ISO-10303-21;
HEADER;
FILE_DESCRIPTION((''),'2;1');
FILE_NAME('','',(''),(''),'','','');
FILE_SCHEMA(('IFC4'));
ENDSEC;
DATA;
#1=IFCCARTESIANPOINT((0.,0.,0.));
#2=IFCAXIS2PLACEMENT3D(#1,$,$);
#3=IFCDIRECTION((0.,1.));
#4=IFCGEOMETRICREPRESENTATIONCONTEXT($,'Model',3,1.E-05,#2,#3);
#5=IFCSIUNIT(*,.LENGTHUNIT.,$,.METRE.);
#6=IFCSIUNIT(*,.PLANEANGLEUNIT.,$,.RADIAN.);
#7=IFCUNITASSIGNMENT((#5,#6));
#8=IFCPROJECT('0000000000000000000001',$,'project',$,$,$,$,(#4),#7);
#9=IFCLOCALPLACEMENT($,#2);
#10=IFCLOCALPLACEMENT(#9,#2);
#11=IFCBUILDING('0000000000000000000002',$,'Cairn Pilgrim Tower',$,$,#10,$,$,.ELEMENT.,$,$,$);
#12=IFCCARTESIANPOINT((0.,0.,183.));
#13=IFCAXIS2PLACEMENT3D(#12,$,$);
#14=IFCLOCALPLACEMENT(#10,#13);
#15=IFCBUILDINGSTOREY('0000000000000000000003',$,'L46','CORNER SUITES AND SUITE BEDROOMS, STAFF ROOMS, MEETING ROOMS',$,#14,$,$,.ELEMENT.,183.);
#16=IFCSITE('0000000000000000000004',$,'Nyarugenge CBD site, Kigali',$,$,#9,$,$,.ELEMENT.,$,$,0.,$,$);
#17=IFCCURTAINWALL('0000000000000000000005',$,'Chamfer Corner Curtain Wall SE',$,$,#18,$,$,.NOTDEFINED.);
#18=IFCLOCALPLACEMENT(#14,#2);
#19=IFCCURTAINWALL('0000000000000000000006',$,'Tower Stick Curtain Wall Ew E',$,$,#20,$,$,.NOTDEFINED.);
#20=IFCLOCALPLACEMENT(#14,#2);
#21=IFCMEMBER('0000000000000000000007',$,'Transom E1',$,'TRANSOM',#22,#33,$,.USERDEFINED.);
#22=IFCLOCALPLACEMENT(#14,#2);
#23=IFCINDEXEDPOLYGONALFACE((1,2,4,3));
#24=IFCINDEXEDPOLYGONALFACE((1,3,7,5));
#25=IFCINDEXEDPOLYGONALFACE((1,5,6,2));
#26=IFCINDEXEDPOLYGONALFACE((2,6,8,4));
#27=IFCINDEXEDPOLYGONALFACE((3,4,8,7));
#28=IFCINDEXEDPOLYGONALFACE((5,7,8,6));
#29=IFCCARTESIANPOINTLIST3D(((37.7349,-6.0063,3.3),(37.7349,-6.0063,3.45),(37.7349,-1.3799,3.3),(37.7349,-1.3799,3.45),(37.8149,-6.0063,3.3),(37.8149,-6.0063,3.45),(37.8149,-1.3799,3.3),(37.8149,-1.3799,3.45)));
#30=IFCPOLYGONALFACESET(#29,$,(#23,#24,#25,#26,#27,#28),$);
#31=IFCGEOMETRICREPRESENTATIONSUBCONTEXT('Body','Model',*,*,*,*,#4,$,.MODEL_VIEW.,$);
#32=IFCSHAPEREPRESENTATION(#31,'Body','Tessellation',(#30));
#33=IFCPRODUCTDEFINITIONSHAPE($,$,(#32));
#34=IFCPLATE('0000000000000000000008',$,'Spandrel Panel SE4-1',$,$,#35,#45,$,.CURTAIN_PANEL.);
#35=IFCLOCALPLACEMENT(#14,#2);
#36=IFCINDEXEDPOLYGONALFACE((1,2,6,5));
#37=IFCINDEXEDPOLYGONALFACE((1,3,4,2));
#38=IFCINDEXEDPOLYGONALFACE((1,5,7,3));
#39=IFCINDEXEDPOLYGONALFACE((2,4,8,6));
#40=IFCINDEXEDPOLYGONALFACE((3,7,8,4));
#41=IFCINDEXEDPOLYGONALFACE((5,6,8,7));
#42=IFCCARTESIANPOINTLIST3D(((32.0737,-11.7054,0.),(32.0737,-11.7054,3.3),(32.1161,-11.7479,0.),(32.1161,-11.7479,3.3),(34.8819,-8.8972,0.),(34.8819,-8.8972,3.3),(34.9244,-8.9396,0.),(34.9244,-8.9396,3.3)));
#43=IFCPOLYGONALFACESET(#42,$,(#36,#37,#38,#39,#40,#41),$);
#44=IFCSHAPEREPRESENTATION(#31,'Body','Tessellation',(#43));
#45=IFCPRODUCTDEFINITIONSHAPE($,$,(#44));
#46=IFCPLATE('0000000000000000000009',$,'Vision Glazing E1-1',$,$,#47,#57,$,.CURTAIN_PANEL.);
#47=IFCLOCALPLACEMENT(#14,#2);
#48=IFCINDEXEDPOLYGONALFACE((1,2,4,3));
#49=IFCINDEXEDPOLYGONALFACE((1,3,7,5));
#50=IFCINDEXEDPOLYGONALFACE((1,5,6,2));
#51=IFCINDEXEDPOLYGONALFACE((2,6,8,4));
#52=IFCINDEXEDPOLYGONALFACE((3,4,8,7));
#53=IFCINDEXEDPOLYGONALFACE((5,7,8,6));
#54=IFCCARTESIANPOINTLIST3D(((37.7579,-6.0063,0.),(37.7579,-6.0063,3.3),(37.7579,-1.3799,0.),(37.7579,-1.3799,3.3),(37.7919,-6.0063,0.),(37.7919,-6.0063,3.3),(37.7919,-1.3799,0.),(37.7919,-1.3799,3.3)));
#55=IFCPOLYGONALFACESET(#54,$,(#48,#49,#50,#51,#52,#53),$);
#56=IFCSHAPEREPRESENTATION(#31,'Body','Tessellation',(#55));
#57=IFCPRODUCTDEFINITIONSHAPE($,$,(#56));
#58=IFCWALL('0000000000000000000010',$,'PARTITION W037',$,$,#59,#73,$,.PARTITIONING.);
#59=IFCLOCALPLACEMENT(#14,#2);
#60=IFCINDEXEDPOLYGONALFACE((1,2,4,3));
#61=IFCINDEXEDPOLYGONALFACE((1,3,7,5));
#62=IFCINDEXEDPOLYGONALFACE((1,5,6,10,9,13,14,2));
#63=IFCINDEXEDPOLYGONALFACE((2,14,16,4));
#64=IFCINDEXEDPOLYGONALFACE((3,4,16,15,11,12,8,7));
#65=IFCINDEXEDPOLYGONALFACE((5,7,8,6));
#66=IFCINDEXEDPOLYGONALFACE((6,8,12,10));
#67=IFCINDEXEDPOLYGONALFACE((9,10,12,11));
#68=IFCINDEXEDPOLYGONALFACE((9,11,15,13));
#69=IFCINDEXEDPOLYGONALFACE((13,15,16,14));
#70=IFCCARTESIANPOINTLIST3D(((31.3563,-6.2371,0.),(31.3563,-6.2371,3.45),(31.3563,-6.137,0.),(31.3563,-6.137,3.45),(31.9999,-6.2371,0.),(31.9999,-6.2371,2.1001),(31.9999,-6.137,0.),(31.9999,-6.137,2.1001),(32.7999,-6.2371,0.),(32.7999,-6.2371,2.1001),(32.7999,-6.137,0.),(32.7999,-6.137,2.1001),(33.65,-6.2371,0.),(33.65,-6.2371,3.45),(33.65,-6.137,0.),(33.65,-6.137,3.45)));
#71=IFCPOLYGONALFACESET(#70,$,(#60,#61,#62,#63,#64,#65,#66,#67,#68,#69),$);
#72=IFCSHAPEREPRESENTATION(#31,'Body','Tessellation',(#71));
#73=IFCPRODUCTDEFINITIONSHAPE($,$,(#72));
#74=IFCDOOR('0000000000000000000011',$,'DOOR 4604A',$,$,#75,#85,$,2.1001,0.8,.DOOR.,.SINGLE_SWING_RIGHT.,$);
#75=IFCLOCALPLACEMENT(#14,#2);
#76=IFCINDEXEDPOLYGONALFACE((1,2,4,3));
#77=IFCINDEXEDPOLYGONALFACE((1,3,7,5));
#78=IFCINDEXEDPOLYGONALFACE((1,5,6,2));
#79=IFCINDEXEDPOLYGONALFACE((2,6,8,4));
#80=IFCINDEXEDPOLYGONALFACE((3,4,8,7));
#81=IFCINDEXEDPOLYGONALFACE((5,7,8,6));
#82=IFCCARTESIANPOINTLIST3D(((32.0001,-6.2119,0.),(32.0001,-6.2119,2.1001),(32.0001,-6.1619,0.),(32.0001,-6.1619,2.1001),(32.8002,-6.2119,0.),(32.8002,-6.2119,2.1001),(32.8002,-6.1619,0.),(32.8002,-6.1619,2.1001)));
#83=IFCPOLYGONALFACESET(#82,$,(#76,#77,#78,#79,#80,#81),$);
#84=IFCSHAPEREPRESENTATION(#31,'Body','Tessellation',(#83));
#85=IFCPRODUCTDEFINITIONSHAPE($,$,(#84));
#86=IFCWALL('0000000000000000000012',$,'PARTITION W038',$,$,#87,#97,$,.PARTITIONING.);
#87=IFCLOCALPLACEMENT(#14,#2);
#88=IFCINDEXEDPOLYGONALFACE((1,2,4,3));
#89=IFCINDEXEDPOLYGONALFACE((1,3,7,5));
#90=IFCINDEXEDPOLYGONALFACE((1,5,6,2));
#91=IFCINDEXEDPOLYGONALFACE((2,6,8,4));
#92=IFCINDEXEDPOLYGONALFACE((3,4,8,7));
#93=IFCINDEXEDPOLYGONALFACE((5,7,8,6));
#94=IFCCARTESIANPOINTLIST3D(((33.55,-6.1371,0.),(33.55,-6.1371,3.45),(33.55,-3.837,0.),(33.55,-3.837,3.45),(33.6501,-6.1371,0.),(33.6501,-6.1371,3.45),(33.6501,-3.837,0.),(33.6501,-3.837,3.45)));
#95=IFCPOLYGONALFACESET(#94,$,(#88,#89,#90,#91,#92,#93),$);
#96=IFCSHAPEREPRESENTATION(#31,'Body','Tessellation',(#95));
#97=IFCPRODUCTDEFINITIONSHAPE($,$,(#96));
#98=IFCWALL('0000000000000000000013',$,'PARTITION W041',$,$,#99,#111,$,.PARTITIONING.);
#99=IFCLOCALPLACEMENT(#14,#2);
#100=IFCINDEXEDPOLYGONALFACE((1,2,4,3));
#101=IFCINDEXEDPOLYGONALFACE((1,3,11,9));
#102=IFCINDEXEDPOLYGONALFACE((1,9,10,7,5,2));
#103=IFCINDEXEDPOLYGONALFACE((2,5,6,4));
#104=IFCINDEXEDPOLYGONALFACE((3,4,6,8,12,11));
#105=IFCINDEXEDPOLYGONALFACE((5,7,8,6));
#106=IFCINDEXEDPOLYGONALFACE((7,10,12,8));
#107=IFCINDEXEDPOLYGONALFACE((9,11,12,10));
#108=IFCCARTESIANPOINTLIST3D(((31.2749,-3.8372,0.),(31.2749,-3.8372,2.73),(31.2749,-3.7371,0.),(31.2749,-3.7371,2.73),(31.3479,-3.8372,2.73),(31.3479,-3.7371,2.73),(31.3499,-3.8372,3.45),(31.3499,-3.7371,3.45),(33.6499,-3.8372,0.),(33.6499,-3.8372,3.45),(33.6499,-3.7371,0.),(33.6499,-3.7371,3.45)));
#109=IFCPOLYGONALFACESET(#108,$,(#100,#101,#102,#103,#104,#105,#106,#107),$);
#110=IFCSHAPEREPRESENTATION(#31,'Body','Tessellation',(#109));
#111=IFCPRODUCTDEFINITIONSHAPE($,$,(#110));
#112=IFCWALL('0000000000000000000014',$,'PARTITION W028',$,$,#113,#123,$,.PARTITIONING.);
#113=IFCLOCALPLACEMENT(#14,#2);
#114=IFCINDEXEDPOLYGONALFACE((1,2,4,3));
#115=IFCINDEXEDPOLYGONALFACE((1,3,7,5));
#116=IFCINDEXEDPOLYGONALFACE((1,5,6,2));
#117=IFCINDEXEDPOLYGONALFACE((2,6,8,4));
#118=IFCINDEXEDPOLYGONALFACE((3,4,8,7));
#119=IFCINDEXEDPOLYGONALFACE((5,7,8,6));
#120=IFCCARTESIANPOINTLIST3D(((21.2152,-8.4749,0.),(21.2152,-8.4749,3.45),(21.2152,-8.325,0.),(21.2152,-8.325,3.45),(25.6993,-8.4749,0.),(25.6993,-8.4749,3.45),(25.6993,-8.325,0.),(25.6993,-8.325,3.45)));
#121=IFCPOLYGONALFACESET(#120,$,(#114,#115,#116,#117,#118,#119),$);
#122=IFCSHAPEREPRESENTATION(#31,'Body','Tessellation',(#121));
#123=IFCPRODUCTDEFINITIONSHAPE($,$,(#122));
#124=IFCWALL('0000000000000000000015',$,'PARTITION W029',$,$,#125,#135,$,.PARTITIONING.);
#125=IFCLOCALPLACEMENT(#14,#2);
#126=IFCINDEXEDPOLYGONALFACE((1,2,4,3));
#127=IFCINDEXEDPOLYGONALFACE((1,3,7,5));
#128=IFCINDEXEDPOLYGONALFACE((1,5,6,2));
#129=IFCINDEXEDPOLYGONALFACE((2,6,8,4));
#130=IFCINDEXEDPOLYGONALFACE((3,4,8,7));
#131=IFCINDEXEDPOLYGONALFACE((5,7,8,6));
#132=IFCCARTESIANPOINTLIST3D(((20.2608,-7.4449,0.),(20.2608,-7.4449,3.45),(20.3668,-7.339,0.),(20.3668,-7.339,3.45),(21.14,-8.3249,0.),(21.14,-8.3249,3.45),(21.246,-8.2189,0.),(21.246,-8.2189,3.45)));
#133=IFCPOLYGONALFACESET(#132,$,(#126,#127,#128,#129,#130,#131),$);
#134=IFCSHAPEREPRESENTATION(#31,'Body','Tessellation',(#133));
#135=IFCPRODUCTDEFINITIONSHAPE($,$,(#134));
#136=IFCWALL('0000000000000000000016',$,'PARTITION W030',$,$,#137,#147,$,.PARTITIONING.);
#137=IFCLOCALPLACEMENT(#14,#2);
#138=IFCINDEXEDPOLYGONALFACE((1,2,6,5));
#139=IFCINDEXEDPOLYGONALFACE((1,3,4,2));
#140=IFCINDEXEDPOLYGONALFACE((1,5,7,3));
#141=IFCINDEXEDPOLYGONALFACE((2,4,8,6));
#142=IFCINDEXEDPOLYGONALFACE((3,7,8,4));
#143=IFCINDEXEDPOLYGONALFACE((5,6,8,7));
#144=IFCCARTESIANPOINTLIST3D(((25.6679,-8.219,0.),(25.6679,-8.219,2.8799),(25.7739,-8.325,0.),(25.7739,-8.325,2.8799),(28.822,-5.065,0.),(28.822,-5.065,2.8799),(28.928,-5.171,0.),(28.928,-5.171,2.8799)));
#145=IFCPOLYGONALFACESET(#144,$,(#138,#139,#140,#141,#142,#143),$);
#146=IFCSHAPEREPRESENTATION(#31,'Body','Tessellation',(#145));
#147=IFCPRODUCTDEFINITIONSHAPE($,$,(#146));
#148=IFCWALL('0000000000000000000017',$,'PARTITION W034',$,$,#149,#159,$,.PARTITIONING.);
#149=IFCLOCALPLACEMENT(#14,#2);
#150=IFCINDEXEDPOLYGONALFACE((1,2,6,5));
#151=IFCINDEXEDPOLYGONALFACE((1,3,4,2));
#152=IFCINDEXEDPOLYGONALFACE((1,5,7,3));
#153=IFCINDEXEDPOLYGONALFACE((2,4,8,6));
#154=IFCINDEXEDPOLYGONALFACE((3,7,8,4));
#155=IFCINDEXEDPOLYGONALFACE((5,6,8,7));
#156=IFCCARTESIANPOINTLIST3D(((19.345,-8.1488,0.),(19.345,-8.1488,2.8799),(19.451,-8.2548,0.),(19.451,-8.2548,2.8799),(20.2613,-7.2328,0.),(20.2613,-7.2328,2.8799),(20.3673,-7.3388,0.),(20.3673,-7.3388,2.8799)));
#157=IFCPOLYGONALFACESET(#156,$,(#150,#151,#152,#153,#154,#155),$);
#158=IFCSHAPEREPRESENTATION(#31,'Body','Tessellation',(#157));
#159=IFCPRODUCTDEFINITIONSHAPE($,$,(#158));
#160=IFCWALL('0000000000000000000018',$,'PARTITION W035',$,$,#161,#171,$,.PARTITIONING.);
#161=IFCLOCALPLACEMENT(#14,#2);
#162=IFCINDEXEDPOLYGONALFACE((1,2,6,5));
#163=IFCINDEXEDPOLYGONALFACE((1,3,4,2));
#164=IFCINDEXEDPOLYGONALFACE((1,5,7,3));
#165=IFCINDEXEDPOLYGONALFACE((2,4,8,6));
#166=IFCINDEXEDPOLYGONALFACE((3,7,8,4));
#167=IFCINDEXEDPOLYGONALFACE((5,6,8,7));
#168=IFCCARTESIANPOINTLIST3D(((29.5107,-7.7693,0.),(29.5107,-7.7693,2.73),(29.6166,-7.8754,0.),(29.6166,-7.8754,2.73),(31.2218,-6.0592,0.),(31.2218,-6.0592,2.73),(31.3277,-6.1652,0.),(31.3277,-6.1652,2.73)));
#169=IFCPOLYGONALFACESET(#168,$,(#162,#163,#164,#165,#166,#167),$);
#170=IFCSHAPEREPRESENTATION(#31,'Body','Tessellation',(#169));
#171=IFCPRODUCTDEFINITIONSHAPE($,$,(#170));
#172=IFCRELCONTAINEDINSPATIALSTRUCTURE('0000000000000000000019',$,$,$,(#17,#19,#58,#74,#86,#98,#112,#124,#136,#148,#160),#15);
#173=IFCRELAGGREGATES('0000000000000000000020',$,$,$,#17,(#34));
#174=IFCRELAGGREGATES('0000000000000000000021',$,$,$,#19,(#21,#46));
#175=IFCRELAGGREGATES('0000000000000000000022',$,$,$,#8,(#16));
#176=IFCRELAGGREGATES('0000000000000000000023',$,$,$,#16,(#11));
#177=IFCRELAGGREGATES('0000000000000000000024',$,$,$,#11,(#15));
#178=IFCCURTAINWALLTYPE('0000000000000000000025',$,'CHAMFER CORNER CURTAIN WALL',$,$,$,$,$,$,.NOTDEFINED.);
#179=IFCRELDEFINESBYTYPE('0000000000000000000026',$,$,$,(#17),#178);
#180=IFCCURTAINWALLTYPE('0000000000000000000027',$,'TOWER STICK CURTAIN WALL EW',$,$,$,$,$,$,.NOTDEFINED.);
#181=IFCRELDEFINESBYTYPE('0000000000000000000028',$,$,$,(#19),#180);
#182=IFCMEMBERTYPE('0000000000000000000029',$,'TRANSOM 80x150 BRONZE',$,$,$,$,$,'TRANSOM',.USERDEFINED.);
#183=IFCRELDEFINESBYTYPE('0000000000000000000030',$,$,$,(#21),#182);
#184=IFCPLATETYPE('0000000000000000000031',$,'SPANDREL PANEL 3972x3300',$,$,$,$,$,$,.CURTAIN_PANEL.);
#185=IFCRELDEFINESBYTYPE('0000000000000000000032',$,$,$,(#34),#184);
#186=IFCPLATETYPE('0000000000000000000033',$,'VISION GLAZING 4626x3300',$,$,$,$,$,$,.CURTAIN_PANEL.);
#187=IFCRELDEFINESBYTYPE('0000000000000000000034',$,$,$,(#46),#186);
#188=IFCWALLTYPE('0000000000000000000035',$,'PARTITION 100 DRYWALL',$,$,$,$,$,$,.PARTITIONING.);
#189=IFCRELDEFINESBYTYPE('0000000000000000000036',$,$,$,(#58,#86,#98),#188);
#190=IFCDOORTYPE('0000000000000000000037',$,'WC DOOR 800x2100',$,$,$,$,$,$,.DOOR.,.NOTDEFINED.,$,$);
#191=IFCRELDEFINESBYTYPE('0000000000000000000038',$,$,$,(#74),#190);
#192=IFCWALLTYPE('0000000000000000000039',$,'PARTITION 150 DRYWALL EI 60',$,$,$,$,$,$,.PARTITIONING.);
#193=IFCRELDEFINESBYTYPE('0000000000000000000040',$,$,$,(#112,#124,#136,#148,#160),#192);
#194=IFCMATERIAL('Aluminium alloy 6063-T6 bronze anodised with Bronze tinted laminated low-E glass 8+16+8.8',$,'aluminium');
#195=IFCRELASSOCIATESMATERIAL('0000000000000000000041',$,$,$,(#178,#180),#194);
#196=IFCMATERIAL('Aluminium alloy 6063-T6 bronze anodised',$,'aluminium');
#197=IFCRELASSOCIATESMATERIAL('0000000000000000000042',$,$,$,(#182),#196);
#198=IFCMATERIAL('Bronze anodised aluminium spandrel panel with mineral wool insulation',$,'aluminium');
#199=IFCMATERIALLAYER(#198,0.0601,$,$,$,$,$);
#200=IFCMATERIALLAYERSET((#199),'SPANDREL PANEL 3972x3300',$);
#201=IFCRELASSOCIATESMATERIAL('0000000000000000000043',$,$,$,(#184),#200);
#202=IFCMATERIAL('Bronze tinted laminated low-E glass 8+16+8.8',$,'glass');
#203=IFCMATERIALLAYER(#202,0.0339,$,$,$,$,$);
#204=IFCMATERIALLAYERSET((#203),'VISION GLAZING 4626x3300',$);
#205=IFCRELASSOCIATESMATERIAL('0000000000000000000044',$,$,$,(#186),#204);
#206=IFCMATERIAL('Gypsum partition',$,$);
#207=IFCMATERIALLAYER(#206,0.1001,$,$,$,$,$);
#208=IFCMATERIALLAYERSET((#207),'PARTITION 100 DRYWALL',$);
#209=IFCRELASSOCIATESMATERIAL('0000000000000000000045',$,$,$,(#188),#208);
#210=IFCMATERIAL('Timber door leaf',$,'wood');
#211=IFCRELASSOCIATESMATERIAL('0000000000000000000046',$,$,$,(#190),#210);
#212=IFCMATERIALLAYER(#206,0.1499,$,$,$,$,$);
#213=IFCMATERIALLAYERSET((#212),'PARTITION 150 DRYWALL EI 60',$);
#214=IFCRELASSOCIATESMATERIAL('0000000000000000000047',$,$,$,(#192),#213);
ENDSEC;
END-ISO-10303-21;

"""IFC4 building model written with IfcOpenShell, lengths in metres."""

from ifc_helpers import new_model, si_unit, direction, frame, frame_2d, origin, origin_2d, place, context, subcontext, project, spatial, polyline, rectangle, outline, extrude, material, layer, layer_set, material_profile, profile_set, type_object, element, fill, aggregate, save


model = new_model("IFC4")

# Units and contexts
model_context = context("Model", 3, precision=1e-05, world=origin(), true_north=direction((0.0, 1.0)))
body_context = subcontext(model_context, "Body", "Model", "MODEL_VIEW")
ifc_project = project(units=[si_unit("LENGTHUNIT", "METRE"), si_unit("PLANEANGLEUNIT", "RADIAN")], contexts=[model_context])

# Site, building, storey
site_placement = place(None, origin())
site = spatial("IfcSite", under=ifc_project, at=site_placement, Name="Nyarugenge CBD site, Kigali", CompositionType="ELEMENT", RefElevation=0.0)
building_placement = place(site_placement, origin())
building = spatial("IfcBuilding", under=site, at=building_placement, Name="Cairn Pilgrim Tower", CompositionType="ELEMENT")
storey_placement = place(building_placement, frame((0.0, 0.0, 183.0)))
storey = spatial("IfcBuildingStorey", under=building, at=storey_placement, Name="L46", Description="CORNER SUITES AND SUITE BEDROOMS, STAFF ROOMS, MEETING ROOMS", CompositionType="ELEMENT", Elevation=183.0)

# Curtain wall
ifc_material_1 = material(Name="Aluminium alloy 6063-T6 bronze anodised with Bronze tinted laminated low-E glass 8+16+8.8", Category="aluminium")
curtain_wall_type_1 = type_object("IfcCurtainWallType", Name="CHAMFER CORNER CURTAIN WALL", PredefinedType="NOTDEFINED", material=ifc_material_1)
curtain_wall_1_placement = place(storey_placement, origin())
curtain_wall_1 = element("IfcCurtainWall", 1, at=curtain_wall_1_placement, inside=storey, type_object=curtain_wall_type_1, Name="Chamfer Corner Curtain Wall SE", PredefinedType="NOTDEFINED")
ifc_material_2 = material(Name="Aluminium alloy 6063-T6 bronze anodised", Category="aluminium")

# Curtain wall
curtain_wall_type_2 = type_object("IfcCurtainWallType", Name="TOWER STICK CURTAIN WALL EW", PredefinedType="NOTDEFINED", material=ifc_material_1)
curtain_wall_2_placement = place(storey_placement, origin())
curtain_wall_2 = element("IfcCurtainWall", 2, at=curtain_wall_2_placement, inside=storey, type_object=curtain_wall_type_2, Name="Tower Stick Curtain Wall Ew E", PredefinedType="NOTDEFINED")

# Member
ifc_material_profile_1 = material_profile(ifc_material_2, rectangle(XDim=0.0801, YDim=0.1499, at=origin_2d()), Name="TRANSOM 80x150 BRONZE")
ifc_profile_set_1 = profile_set([ifc_material_profile_1], Name="Aluminium alloy 6063-T6 bronze anodised")
member_type_1 = type_object("IfcMemberType", Name="TRANSOM 80x150 BRONZE", ElementType="TRANSOM", PredefinedType="USERDEFINED", material=ifc_profile_set_1)
member_1_placement = place(storey_placement, frame((37.7749, -6.0063, 3.375), z_axis=(0.0, 1.0, 0.0), x_axis=(-1.0, 0.0, 0.0)))
member_1 = element("IfcMember", 3, at=member_1_placement, type_object=member_type_1, Name="Transom E1", ObjectType="TRANSOM", PredefinedType="USERDEFINED", context=body_context, shape_type="SweptSolid", body=[
    extrude(rectangle(XDim=0.0801, YDim=0.1499, at=origin_2d()), origin(), (0.0, 0.0, 1.0), 4.6265),
])

# Plates
ifc_material_3 = material(Name="Bronze anodised aluminium spandrel panel with mineral wool insulation", Category="aluminium")
ifc_layer_1 = layer(ifc_material_3, 0.0601)
ifc_layer_set_1 = layer_set([ifc_layer_1], Name="SPANDREL PANEL 3972x3300")
plate_type_1 = type_object("IfcPlateType", Name="SPANDREL PANEL 3972x3300", PredefinedType="CURTAIN_PANEL", material=ifc_layer_set_1)
plate_1_placement = place(storey_placement, frame((33.499, -10.3225, 0.0), z_axis=(0.0, 0.0, 1.0), x_axis=(0.707107, 0.707107, 0.0)))
plate_1 = element("IfcPlate", 4, at=plate_1_placement, type_object=plate_type_1, Name="Spandrel Panel SE4-1", PredefinedType="CURTAIN_PANEL", context=body_context, shape_type="SweptSolid", body=[
    extrude(rectangle(XDim=3.9714, YDim=0.0601, at=origin_2d()), origin(), (0.0, 0.0, 1.0), 3.3),
])
aggregate(curtain_wall_1, [plate_1])
ifc_material_4 = material(Name="Bronze tinted laminated low-E glass 8+16+8.8", Category="glass")
ifc_layer_2 = layer(ifc_material_4, 0.0339)
ifc_layer_set_2 = layer_set([ifc_layer_2], Name="VISION GLAZING 4626x3300")
plate_type_2 = type_object("IfcPlateType", Name="VISION GLAZING 4626x3300", PredefinedType="CURTAIN_PANEL", material=ifc_layer_set_2)
plate_2_placement = place(storey_placement, frame((37.7749, -3.6931, 0.0), z_axis=(0.0, 0.0, 1.0), x_axis=(0.0, 1.0, 0.0)))
plate_2 = element("IfcPlate", 5, at=plate_2_placement, type_object=plate_type_2, Name="Vision Glazing E1-1", PredefinedType="CURTAIN_PANEL", context=body_context, shape_type="SweptSolid", body=[
    extrude(rectangle(XDim=4.6265, YDim=0.0339, at=origin_2d()), origin(), (0.0, 0.0, 1.0), 3.3),
])
aggregate(curtain_wall_2, [member_1, plate_2])

# Wall, opening, door
ifc_material_5 = material(Name="Gypsum partition")
ifc_layer_3 = layer(ifc_material_5, 0.1001)
ifc_layer_set_3 = layer_set([ifc_layer_3], Name="PARTITION 100 DRYWALL")
wall_type_1 = type_object("IfcWallType", Name="PARTITION 100 DRYWALL", PredefinedType="PARTITIONING", material=ifc_layer_set_3)
wall_1_placement = place(storey_placement, frame((31.3562, -6.187, 0.0), z_axis=(0.0, 0.0, 1.0), x_axis=(1.0, 0.0, 0.0)))
wall_1 = element("IfcWall", 6, at=wall_1_placement, inside=storey, type_object=wall_type_1, Name="PARTITION W037", PredefinedType="PARTITIONING", context=body_context, shape_type="SweptSolid", body=[
    extrude(rectangle(XDim=2.2937, YDim=0.1001, at=frame_2d((1.147, 0.0))), origin(), (0.0, 0.0, 1.0), 3.45),
])
opening_1_placement = place(wall_1_placement, frame((0.6438, 0.0, 0.0)))
opening_1 = element("IfcOpeningElement", 7, at=opening_1_placement, cuts=wall_1, PredefinedType="OPENING", context=body_context, shape_type="SweptSolid", body=[
    extrude(rectangle(XDim=0.8, YDim=2.1001, at=frame_2d((0.3999, 1.05))), frame((0.0, 0.0601, 0.0), z_axis=(0.0, -1.0, 0.0), x_axis=(1.0, 0.0, 0.0)), (0.0, 0.0, 1.0), 0.1201),
])
ifc_material_6 = material(Name="Timber door leaf", Category="wood")
door_type_1 = type_object("IfcDoorType", Name="WC DOOR 800x2100", OperationType="NOTDEFINED", PredefinedType="DOOR", material=ifc_material_6)
door_1_placement = place(opening_1_placement, frame((0.8, 0.0, 0.0), z_axis=(0.0, 0.0, 1.0), x_axis=(-1.0, 0.0, 0.0)))
door_1 = element("IfcDoor", 8, at=door_1_placement, inside=storey, type_object=door_type_1, Name="DOOR 4604A", OperationType="SINGLE_SWING_RIGHT", OverallHeight=2.1001, OverallWidth=0.8, PredefinedType="DOOR", context=body_context, shape_type="SweptSolid", body=[
    extrude(rectangle(XDim=0.8, YDim=2.1001, at=frame_2d((0.3999, 1.05))), frame((0.0, 0.0249, 0.0), z_axis=(0.0, -1.0, 0.0), x_axis=(1.0, 0.0, 0.0)), (0.0, 0.0, 1.0), 0.05),
])
fill(opening_1, door_1)

# Walls
wall_2_placement = place(storey_placement, frame((33.6001, -6.137, 0.0), z_axis=(0.0, 0.0, 1.0), x_axis=(0.0, 1.0, 0.0)))
element("IfcWall", 9, at=wall_2_placement, inside=storey, type_object=wall_type_1, Name="PARTITION W038", PredefinedType="PARTITIONING", context=body_context, shape_type="SweptSolid", body=[
    extrude(rectangle(XDim=2.3, YDim=0.1001, at=frame_2d((1.1499, 0.0))), origin(), (0.0, 0.0, 1.0), 3.45),
])
wall_3_placement = place(storey_placement, frame((31.2749, -3.7871, 0.0), z_axis=(0.0, 0.0, 1.0), x_axis=(1.0, 0.0, 0.0)))
element("IfcWall", 10, at=wall_3_placement, inside=storey, type_object=wall_type_1, Name="PARTITION W041", PredefinedType="PARTITIONING", context=body_context, shape_type="SweptSolid", body=[
    extrude(outline(polyline([(0.0, 0.0), (2.375, 0.0), (2.375, 3.45), (0.075, 3.45), (0.073, 2.73), (0.0, 2.73), (0.0, 0.0)])), frame((0.0, 0.05, 0.0), z_axis=(0.0, -1.0, 0.0), x_axis=(1.0, 0.0, 0.0)), (0.0, 0.0, 1.0), 0.1001),
])
ifc_layer_4 = layer(ifc_material_5, 0.1499)
ifc_layer_set_4 = layer_set([ifc_layer_4], Name="PARTITION 150 DRYWALL EI 60")
wall_type_2 = type_object("IfcWallType", Name="PARTITION 150 DRYWALL EI 60", PredefinedType="PARTITIONING", material=ifc_layer_set_4)
wall_4_placement = place(storey_placement, frame((21.2151, -8.3999, 0.0), z_axis=(0.0, 0.0, 1.0), x_axis=(1.0, 0.0, 0.0)))
element("IfcWall", 11, at=wall_4_placement, inside=storey, type_object=wall_type_2, Name="PARTITION W028", PredefinedType="PARTITIONING", context=body_context, shape_type="SweptSolid", body=[
    extrude(rectangle(XDim=4.4841, YDim=0.1499, at=frame_2d((2.2422, 0.0))), origin(), (0.0, 0.0, 1.0), 3.45),
])
wall_5_placement = place(storey_placement, frame((21.1931, -8.272, 0.0), z_axis=(0.0, 0.0, 1.0), x_axis=(-0.706812, 0.707401, 0.0)))
element("IfcWall", 12, at=wall_5_placement, inside=storey, type_object=wall_type_2, Name="PARTITION W029", PredefinedType="PARTITIONING", context=body_context, shape_type="SweptSolid", body=[
    extrude(rectangle(XDim=1.2439, YDim=0.1499, at=frame_2d((0.6221, 0.0))), origin(), (0.0, 0.0, 1.0), 3.45),
])
wall_6_placement = place(storey_placement, frame((25.7209, -8.272, 0.0), z_axis=(0.0, 0.0, 1.0), x_axis=(0.707107, 0.707107, 0.0)))
element("IfcWall", 13, at=wall_6_placement, inside=storey, type_object=wall_type_2, Name="PARTITION W030", PredefinedType="PARTITIONING", context=body_context, shape_type="SweptSolid", body=[
    extrude(rectangle(XDim=4.4604, YDim=0.1499, at=frame_2d((2.2302, 0.0))), origin(), (0.0, 0.0, 1.0), 2.8799),
])
wall_7_placement = place(storey_placement, frame((19.3979, -8.2019, 0.0), z_axis=(0.0, 0.0, 1.0), x_axis=(0.707201, 0.707013, 0.0)))
element("IfcWall", 14, at=wall_7_placement, inside=storey, type_object=wall_type_2, Name="PARTITION W034", PredefinedType="PARTITIONING", context=body_context, shape_type="SweptSolid", body=[
    extrude(rectangle(XDim=1.2957, YDim=0.1499, at=frame_2d((0.6479, 0.0))), origin(), (0.0, 0.0, 1.0), 2.8799),
])
wall_8_placement = place(storey_placement, frame((29.5637, -7.8223, 0.0), z_axis=(0.0, 0.0, 1.0), x_axis=(0.707309, 0.706905, 0.0)))
element("IfcWall", 15, at=wall_8_placement, inside=storey, type_object=wall_type_2, Name="PARTITION W035", PredefinedType="PARTITIONING", context=body_context, shape_type="SweptSolid", body=[
    extrude(rectangle(XDim=2.4192, YDim=0.1499, at=frame_2d((1.2095, 0.0))), origin(), (0.0, 0.0, 1.0), 2.73),
])

save(model, "model.ifc")
